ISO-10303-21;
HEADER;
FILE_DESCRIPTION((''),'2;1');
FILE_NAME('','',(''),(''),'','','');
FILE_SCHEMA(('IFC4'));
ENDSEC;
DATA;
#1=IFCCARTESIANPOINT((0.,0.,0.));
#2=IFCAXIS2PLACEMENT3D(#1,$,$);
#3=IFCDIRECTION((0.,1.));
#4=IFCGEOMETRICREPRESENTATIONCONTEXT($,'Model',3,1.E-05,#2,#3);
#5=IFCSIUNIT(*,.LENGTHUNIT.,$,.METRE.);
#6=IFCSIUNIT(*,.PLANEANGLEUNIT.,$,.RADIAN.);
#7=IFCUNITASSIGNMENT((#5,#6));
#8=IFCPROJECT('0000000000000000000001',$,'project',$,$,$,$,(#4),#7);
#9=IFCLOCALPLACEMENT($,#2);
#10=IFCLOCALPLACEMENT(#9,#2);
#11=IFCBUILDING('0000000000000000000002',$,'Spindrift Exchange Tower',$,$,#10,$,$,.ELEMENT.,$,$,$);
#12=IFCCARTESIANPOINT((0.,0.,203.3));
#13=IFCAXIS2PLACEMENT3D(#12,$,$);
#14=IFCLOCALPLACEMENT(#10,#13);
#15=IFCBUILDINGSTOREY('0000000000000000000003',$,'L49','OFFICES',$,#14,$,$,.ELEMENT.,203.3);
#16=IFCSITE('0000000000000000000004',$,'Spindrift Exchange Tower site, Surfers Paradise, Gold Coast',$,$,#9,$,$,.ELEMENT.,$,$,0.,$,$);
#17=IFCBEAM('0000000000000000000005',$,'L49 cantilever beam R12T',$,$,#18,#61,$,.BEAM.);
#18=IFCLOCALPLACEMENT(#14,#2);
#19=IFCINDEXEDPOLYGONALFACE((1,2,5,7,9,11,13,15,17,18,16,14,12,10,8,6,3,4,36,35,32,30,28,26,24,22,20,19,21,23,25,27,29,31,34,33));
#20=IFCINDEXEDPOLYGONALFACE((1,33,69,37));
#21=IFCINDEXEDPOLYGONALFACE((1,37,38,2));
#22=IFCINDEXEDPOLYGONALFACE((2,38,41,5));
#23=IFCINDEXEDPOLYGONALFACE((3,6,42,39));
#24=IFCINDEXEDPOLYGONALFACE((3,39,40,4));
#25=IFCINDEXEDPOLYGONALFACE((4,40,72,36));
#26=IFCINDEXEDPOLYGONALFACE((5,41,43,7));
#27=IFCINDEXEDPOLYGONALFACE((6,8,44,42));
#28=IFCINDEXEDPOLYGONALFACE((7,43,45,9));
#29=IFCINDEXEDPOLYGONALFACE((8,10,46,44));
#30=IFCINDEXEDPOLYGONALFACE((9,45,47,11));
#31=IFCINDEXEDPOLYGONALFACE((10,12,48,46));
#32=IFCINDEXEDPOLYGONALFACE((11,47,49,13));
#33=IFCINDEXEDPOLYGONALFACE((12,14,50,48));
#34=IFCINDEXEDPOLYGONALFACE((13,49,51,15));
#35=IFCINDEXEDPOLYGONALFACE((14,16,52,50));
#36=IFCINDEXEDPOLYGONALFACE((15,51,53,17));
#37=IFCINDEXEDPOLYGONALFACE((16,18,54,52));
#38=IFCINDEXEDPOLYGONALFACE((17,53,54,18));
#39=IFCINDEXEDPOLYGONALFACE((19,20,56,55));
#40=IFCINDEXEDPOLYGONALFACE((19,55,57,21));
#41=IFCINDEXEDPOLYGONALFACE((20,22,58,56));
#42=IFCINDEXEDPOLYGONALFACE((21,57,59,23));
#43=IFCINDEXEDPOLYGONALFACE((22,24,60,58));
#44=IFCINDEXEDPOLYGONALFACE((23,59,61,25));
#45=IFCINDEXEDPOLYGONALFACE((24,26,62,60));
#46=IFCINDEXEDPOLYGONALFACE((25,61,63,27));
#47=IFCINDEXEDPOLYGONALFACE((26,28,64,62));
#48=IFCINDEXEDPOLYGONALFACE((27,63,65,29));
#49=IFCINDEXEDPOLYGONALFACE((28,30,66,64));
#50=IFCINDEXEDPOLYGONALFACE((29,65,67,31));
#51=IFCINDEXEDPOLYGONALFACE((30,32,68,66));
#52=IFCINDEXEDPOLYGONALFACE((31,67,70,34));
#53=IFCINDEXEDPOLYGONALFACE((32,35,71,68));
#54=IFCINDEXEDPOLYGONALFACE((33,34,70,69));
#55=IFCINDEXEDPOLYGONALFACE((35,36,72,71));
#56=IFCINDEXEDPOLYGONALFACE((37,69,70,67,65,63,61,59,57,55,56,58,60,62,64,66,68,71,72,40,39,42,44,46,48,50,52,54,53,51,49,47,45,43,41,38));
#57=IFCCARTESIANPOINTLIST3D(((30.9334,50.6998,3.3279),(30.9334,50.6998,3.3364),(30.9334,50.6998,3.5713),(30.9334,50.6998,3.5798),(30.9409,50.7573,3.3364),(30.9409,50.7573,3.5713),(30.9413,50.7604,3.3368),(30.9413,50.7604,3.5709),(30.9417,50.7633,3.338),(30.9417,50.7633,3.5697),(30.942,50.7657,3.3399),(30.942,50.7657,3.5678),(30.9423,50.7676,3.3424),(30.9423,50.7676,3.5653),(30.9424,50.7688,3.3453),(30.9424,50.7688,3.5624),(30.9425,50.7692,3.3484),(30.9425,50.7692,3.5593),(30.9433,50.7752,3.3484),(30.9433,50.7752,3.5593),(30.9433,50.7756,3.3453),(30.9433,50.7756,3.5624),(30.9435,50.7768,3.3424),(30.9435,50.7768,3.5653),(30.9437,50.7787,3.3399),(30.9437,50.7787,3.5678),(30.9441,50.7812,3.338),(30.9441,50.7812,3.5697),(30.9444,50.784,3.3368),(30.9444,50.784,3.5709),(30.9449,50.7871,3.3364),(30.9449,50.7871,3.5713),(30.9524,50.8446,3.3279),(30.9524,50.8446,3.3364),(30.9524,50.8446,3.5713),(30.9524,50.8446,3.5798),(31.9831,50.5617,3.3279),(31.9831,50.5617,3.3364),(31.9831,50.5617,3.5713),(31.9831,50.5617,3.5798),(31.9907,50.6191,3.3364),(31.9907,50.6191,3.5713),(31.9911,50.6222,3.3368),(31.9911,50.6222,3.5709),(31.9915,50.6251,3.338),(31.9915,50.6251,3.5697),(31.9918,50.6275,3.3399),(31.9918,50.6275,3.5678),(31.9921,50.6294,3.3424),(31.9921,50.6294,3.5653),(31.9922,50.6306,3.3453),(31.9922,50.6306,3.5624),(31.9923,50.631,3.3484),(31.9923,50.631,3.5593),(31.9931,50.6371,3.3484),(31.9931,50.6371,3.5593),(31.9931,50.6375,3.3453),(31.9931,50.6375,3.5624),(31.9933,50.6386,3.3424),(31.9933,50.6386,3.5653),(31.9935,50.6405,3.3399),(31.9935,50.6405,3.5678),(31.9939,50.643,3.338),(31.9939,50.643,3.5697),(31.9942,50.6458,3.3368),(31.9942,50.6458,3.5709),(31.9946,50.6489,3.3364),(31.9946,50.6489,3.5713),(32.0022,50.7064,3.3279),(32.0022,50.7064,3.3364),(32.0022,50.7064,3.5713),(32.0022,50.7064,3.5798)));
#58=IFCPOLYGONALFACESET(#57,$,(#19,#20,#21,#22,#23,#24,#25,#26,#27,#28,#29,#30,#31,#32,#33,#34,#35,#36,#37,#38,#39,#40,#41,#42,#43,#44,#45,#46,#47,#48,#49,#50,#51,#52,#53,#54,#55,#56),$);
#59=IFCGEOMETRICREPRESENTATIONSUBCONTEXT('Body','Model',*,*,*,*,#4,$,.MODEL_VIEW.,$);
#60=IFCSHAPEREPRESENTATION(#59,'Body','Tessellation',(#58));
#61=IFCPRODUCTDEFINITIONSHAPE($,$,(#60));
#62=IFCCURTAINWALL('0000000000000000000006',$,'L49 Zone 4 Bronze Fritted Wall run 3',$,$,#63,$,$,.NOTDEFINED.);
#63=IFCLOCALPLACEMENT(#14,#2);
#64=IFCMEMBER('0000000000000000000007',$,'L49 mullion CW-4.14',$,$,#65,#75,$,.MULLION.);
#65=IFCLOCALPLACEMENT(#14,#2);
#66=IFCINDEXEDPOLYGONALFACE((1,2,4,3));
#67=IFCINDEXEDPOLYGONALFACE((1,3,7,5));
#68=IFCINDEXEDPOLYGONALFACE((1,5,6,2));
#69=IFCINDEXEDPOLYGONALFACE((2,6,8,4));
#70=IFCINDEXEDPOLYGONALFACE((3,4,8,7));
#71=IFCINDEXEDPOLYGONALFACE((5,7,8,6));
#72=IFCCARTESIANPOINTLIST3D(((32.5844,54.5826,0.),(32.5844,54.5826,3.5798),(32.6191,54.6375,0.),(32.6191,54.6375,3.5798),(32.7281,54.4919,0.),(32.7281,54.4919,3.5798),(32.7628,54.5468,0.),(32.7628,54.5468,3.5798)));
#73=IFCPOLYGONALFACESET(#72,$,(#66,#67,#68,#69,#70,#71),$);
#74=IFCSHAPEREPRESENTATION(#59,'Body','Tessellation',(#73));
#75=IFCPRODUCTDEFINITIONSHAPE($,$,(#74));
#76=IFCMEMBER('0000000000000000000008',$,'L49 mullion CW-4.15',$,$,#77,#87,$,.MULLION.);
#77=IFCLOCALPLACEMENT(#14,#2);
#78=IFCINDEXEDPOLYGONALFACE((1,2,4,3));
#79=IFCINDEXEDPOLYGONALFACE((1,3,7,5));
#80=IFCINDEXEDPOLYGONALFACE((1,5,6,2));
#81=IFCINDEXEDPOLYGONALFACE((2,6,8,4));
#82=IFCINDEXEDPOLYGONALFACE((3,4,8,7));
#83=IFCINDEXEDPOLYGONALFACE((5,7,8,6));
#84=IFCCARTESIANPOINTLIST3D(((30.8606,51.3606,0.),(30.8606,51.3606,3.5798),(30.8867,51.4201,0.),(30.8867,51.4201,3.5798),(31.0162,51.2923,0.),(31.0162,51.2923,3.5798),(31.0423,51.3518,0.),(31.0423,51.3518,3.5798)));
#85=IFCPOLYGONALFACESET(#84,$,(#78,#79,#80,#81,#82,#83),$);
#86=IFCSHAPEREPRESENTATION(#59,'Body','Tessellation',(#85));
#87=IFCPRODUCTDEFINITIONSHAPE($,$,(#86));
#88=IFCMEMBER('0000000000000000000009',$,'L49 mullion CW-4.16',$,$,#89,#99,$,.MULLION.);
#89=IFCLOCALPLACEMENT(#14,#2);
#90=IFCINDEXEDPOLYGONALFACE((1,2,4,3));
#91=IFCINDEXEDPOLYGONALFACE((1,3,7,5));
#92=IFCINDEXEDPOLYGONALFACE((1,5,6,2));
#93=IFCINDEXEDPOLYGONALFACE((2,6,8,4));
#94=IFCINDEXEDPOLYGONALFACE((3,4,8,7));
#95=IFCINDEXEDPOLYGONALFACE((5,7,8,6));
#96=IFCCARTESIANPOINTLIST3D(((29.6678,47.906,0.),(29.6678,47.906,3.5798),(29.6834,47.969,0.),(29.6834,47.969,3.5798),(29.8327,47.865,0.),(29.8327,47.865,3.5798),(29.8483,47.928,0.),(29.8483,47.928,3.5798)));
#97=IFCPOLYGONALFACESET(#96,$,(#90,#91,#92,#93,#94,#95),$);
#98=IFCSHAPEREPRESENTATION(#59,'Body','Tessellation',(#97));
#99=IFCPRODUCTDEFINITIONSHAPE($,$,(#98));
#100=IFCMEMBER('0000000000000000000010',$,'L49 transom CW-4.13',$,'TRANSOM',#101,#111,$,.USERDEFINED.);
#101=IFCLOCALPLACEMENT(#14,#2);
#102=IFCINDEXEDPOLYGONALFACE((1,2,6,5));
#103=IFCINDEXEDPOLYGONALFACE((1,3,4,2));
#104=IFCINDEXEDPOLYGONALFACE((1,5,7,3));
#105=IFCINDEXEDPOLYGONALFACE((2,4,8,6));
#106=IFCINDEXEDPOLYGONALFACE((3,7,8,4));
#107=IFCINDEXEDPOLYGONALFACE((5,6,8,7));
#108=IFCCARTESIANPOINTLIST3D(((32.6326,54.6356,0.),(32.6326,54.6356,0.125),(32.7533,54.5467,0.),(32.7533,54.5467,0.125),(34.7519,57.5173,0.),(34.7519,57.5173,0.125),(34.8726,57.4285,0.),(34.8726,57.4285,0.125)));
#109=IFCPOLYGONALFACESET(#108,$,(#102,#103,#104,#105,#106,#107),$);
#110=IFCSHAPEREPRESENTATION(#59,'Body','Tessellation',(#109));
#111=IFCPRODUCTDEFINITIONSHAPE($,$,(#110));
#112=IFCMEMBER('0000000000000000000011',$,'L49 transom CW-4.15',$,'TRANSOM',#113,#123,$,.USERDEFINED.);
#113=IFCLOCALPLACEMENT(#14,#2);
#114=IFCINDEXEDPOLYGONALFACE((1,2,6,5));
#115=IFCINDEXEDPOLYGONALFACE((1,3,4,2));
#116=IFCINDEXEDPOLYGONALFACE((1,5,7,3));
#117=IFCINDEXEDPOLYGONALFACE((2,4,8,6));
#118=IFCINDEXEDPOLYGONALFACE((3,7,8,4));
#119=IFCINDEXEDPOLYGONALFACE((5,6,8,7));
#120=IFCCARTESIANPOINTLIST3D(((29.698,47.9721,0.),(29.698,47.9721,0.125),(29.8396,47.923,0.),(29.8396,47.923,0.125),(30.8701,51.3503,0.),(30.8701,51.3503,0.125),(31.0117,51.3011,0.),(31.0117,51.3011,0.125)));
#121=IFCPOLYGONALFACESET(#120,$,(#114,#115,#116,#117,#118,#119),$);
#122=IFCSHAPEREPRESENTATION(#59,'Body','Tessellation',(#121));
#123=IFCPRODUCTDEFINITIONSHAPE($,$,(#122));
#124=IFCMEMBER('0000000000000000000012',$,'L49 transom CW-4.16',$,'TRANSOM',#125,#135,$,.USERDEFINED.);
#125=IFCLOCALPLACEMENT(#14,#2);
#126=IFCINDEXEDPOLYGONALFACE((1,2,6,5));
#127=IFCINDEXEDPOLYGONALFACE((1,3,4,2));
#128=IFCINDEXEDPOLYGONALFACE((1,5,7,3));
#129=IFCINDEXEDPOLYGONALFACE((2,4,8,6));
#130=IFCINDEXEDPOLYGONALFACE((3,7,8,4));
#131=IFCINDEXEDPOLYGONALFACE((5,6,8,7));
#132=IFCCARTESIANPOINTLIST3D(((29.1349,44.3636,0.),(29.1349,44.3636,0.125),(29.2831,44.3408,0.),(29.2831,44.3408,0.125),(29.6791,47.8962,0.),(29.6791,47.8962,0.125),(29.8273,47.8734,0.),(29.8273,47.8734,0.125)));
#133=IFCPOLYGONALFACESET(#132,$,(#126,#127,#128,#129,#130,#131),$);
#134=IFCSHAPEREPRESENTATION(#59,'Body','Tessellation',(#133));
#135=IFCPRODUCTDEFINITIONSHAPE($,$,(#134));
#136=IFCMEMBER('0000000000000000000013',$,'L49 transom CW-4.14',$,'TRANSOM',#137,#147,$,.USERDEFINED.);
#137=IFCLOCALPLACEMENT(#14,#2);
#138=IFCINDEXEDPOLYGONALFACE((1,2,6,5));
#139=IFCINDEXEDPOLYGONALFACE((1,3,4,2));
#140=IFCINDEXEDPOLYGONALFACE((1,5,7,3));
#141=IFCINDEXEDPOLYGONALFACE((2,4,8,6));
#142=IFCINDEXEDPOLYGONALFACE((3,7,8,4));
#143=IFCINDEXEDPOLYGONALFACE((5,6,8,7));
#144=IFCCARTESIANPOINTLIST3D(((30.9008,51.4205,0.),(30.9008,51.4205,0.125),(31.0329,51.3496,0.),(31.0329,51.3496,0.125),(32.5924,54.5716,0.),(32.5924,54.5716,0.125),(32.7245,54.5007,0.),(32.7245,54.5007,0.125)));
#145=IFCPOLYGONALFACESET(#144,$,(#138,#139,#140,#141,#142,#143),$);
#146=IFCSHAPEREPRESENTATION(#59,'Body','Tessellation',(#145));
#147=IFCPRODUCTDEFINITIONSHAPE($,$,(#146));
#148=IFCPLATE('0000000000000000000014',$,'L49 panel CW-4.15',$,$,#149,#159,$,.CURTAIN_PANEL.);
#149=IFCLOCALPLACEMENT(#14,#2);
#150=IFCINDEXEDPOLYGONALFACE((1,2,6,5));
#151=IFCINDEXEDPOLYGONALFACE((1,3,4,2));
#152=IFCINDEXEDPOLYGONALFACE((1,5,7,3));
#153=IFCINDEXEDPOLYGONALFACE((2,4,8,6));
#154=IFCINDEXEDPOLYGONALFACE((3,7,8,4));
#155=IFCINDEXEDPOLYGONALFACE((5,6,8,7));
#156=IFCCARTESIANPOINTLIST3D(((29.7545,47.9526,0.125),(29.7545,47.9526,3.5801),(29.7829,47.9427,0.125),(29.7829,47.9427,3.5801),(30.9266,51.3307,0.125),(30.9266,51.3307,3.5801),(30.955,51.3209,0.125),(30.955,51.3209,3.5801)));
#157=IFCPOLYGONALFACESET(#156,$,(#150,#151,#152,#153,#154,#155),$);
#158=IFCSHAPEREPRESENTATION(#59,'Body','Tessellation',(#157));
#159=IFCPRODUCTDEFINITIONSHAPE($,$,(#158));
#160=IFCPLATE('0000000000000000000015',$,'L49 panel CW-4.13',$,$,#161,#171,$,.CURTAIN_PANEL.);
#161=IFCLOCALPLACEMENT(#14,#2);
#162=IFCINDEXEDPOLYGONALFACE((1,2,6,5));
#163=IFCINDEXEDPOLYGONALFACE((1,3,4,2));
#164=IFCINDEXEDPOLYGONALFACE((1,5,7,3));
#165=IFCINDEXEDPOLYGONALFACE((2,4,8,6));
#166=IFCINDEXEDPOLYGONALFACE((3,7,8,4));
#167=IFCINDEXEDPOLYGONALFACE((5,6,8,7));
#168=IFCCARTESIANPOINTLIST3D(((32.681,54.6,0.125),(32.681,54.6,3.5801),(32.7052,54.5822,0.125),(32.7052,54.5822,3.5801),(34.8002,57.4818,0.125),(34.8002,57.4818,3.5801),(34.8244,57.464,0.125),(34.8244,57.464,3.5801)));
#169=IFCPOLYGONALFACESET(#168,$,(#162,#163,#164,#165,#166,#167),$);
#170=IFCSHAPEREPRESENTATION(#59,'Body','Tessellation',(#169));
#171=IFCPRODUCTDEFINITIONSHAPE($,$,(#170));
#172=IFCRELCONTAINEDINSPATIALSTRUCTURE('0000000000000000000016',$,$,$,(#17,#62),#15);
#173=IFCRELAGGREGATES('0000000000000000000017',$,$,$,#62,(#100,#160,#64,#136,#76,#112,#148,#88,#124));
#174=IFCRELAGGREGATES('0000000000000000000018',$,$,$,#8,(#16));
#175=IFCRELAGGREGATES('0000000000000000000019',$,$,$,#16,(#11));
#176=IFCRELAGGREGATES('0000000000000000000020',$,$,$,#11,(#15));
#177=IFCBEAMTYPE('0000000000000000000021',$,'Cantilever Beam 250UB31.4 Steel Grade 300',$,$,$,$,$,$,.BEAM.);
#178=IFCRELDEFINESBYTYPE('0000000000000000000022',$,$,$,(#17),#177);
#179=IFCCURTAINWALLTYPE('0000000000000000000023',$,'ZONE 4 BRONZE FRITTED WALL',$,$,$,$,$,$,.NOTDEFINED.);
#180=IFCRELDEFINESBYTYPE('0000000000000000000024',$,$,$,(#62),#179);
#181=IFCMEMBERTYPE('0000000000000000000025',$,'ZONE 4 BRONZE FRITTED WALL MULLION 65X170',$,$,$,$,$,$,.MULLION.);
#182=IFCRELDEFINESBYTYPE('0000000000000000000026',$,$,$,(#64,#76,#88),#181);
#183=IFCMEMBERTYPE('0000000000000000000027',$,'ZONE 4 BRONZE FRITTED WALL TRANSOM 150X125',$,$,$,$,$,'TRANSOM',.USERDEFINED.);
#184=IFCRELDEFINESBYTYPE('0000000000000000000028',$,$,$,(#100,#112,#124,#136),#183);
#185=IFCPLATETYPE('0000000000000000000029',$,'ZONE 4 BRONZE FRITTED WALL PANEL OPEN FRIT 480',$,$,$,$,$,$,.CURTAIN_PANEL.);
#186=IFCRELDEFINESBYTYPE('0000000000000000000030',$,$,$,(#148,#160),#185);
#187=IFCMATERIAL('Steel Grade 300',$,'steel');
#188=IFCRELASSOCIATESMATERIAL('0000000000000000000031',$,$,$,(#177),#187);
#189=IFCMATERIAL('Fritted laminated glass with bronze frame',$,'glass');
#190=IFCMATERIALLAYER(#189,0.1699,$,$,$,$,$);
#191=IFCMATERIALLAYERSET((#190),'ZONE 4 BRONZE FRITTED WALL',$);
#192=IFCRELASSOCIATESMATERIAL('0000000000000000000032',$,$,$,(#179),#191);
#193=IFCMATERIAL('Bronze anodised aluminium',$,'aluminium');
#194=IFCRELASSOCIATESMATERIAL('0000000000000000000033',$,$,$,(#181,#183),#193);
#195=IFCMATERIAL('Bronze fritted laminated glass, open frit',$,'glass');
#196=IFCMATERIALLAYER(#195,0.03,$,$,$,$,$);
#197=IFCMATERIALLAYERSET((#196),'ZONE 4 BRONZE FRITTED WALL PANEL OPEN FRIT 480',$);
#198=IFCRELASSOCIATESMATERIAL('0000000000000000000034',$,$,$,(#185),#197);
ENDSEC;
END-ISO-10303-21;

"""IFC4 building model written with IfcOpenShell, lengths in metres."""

from ifc_helpers import new_model, si_unit, direction, frame, origin, origin_2d, place, context, subcontext, project, spatial, rectangle, i_section, extrude, source, transform, mapped, material, layer, layer_set, material_profile, profile_set, type_object, element, aggregate, save


model = new_model("IFC4")

# Units and contexts
model_context = context("Model", 3, precision=1e-05, world=origin(), true_north=direction((0.0, 1.0)))
body_context = subcontext(model_context, "Body", "Model", "MODEL_VIEW")
ifc_project = project(units=[si_unit("LENGTHUNIT", "METRE"), si_unit("PLANEANGLEUNIT", "RADIAN")], contexts=[model_context])

# Site, building, storey
site_placement = place(None, origin())
site = spatial("IfcSite", under=ifc_project, at=site_placement, Name="Spindrift Exchange Tower site, Surfers Paradise, Gold Coast", CompositionType="ELEMENT", RefElevation=0.0)
building_placement = place(site_placement, origin())
building = spatial("IfcBuilding", under=site, at=building_placement, Name="Spindrift Exchange Tower", CompositionType="ELEMENT")
storey_placement = place(building_placement, frame((0.0, 0.0, 203.3)))
storey = spatial("IfcBuildingStorey", under=building, at=storey_placement, Name="L49", Description="OFFICES", CompositionType="ELEMENT", Elevation=203.3)

# Beam
ifc_material_1 = material(Name="Steel Grade 300", Category="steel")
ifc_material_profile_1 = material_profile(ifc_material_1, i_section(OverallWidth=0.146, OverallDepth=0.252, WebThickness=0.0061, FlangeThickness=0.0085, FilletRadius=0.012, at=origin_2d()), Name="250UB31.4")
ifc_profile_set_1 = profile_set([ifc_material_profile_1], Name="Steel Grade 300")
beam_type_1 = type_object("IfcBeamType", Name="Cantilever Beam 250UB31.4 Steel Grade 300", PredefinedType="BEAM", material=ifc_profile_set_1)
shared_shape_1 = source(origin(), body_context, "Body", "SweptSolid", [
    extrude(i_section(OverallWidth=0.146, OverallDepth=0.252, WebThickness=0.0061, FlangeThickness=0.0085, FilletRadius=0.012, at=origin_2d()), origin(), (0.0, 0.0, 1.0), 1.0588),
])
beam_1_placement = place(storey_placement, frame((31.9927, 50.634, 3.4539), z_axis=(-0.991448, 0.130502, 0.0), x_axis=(-0.130502, -0.991448, 0.0)))
element("IfcBeam", 1, at=beam_1_placement, inside=storey, type_object=beam_type_1, Name="L49 cantilever beam R12T", PredefinedType="BEAM", context=body_context, shape_type="MappedRepresentation", body=[
    mapped(shared_shape_1, transform((0.0, 0.0, 0.0), scale=1.0)),
])

# Curtain wall, members, plates
ifc_material_2 = material(Name="Fritted laminated glass with bronze frame", Category="glass")
ifc_layer_1 = layer(ifc_material_2, 0.1699)
ifc_layer_set_1 = layer_set([ifc_layer_1], Name="ZONE 4 BRONZE FRITTED WALL")
curtain_wall_type = type_object("IfcCurtainWallType", Name="ZONE 4 BRONZE FRITTED WALL", PredefinedType="NOTDEFINED", material=ifc_layer_set_1)
curtain_wall_placement = place(storey_placement, origin())
curtain_wall = element("IfcCurtainWall", 2, at=curtain_wall_placement, inside=storey, type_object=curtain_wall_type, Name="L49 Zone 4 Bronze Fritted Wall run 3", PredefinedType="NOTDEFINED")
ifc_material_3 = material(Name="Bronze anodised aluminium", Category="aluminium")
ifc_material_profile_2 = material_profile(ifc_material_3, rectangle(XDim=0.0649, YDim=0.1699, at=origin_2d()), Name="ZONE 4 BRONZE FRITTED WALL MULLION 65X170")
ifc_profile_set_2 = profile_set([ifc_material_profile_2], Name="Bronze anodised aluminium")
member_type_1 = type_object("IfcMemberType", Name="ZONE 4 BRONZE FRITTED WALL MULLION 65X170", PredefinedType="MULLION", material=ifc_profile_set_2)
shared_shape_2 = source(origin(), body_context, "Body", "SweptSolid", [
    extrude(rectangle(XDim=0.0649, YDim=0.1699, at=origin_2d()), origin(), (0.0, 0.0, 1.0), 3.5798),
])
member_1_placement = place(storey_placement, frame((32.6736, 54.5647, 0.0), z_axis=(0.0, 0.0, 1.0), x_axis=(-0.534026, -0.845468, 0.0)))
member_1 = element("IfcMember", 3, at=member_1_placement, type_object=member_type_1, Name="L49 mullion CW-4.14", PredefinedType="MULLION", context=body_context, shape_type="MappedRepresentation", body=[
    mapped(shared_shape_2, transform((0.0, 0.0, 0.0), scale=1.0)),
])
member_2_placement = place(storey_placement, frame((30.9514, 51.3562, 0.0), z_axis=(0.0, 0.0, 1.0), x_axis=(-0.401635, -0.9158, 0.0)))
member_2 = element("IfcMember", 4, at=member_2_placement, type_object=member_type_1, Name="L49 mullion CW-4.15", PredefinedType="MULLION", context=body_context, shape_type="MappedRepresentation", body=[
    mapped(shared_shape_2, transform((0.0, 0.0, 0.0), scale=1.0)),
])
member_3_placement = place(storey_placement, frame((29.7581, 47.917, 0.0), z_axis=(0.0, 0.0, 1.0), x_axis=(-0.241022, -0.97052, 0.0)))
member_3 = element("IfcMember", 5, at=member_3_placement, type_object=member_type_1, Name="L49 mullion CW-4.16", PredefinedType="MULLION", context=body_context, shape_type="MappedRepresentation", body=[
    mapped(shared_shape_2, transform((0.0, 0.0, 0.0), scale=1.0)),
])
ifc_material_profile_3 = material_profile(ifc_material_3, rectangle(XDim=0.1499, YDim=0.125, at=origin_2d()), Name="ZONE 4 BRONZE FRITTED WALL TRANSOM 150X125")
ifc_profile_set_3 = profile_set([ifc_material_profile_3], Name="Bronze anodised aluminium")
member_type_2 = type_object("IfcMemberType", Name="ZONE 4 BRONZE FRITTED WALL TRANSOM 150X125", ElementType="TRANSOM", PredefinedType="USERDEFINED", material=ifc_profile_set_3)
shared_shape_3 = source(origin(), body_context, "Body", "SweptSolid", [
    extrude(rectangle(XDim=0.1499, YDim=0.125, at=origin_2d()), origin(), (0.0, 0.0, 1.0), 3.5771),
])
member_4_placement = place(storey_placement, frame((34.8123, 57.4729, 0.0625), z_axis=(-0.592461, -0.805599, 0.0), x_axis=(0.805599, -0.592461, 0.0)))
member_4 = element("IfcMember", 6, at=member_4_placement, type_object=member_type_2, Name="L49 transom CW-4.13", ObjectType="TRANSOM", PredefinedType="USERDEFINED", context=body_context, shape_type="MappedRepresentation", body=[
    mapped(shared_shape_3, transform((0.0, 0.0, 0.0), scale=1.0)),
])
shared_shape_4 = source(origin(), body_context, "Body", "SweptSolid", [
    extrude(rectangle(XDim=0.1499, YDim=0.125, at=origin_2d()), origin(), (0.0, 0.0, 1.0), 3.5757),
])
member_5_placement = place(storey_placement, frame((30.9409, 51.3257, 0.0625), z_axis=(-0.327798, -0.944748, 0.0), x_axis=(0.944748, -0.327798, 0.0)))
member_5 = element("IfcMember", 7, at=member_5_placement, type_object=member_type_2, Name="L49 transom CW-4.15", ObjectType="TRANSOM", PredefinedType="USERDEFINED", context=body_context, shape_type="MappedRepresentation", body=[
    mapped(shared_shape_4, transform((0.0, 0.0, 0.0), scale=1.0)),
])
shared_shape_5 = source(origin(), body_context, "Body", "SweptSolid", [
    extrude(rectangle(XDim=0.1499, YDim=0.125, at=origin_2d()), origin(), (0.0, 0.0, 1.0), 3.5742),
])
member_6_placement = place(storey_placement, frame((29.7532, 47.8848, 0.0625), z_axis=(-0.152257, -0.988341, 0.0), x_axis=(0.988341, -0.152257, 0.0)))
member_6 = element("IfcMember", 8, at=member_6_placement, type_object=member_type_2, Name="L49 transom CW-4.16", ObjectType="TRANSOM", PredefinedType="USERDEFINED", context=body_context, shape_type="MappedRepresentation", body=[
    mapped(shared_shape_5, transform((0.0, 0.0, 0.0), scale=1.0)),
])
shared_shape_6 = source(origin(), body_context, "Body", "SweptSolid", [
    extrude(rectangle(XDim=0.1499, YDim=0.125, at=origin_2d()), origin(), (0.0, 0.0, 1.0), 3.5764),
])
member_7_placement = place(storey_placement, frame((32.6584, 54.5361, 0.0625), z_axis=(-0.472992, -0.881067, 0.0), x_axis=(0.881067, -0.472992, 0.0)))
member_7 = element("IfcMember", 9, at=member_7_placement, type_object=member_type_2, Name="L49 transom CW-4.14", ObjectType="TRANSOM", PredefinedType="USERDEFINED", context=body_context, shape_type="MappedRepresentation", body=[
    mapped(shared_shape_6, transform((0.0, 0.0, 0.0), scale=1.0)),
])
ifc_material_4 = material(Name="Bronze fritted laminated glass, open frit", Category="glass")
ifc_layer_2 = layer(ifc_material_4, 0.03)
ifc_layer_set_2 = layer_set([ifc_layer_2], Name="ZONE 4 BRONZE FRITTED WALL PANEL OPEN FRIT 480")
plate_type_1 = type_object("IfcPlateType", Name="ZONE 4 BRONZE FRITTED WALL PANEL OPEN FRIT 480", PredefinedType="CURTAIN_PANEL", material=ifc_layer_set_2)
shared_shape_7 = source(origin(), body_context, "Body", "SweptSolid", [
    extrude(rectangle(XDim=3.5757, YDim=0.03, at=origin_2d()), origin(), (0.0, 0.0, 1.0), 3.4551),
])
plate_1_placement = place(storey_placement, frame((30.3547, 49.6367, 0.125), z_axis=(0.0, 0.0, 1.0), x_axis=(-0.327807, -0.944745, 0.0)))
plate_1 = element("IfcPlate", 10, at=plate_1_placement, type_object=plate_type_1, Name="L49 panel CW-4.15", PredefinedType="CURTAIN_PANEL", context=body_context, shape_type="MappedRepresentation", body=[
    mapped(shared_shape_7, transform((0.0, 0.0, 0.0), scale=1.0)),
])
shared_shape_8 = source(origin(), body_context, "Body", "SweptSolid", [
    extrude(rectangle(XDim=3.5771, YDim=0.03, at=origin_2d()), origin(), (0.0, 0.0, 1.0), 3.4551),
])
plate_2_placement = place(storey_placement, frame((33.7527, 56.032, 0.125), z_axis=(0.0, 0.0, 1.0), x_axis=(-0.592444, -0.805612, 0.0)))
plate_2 = element("IfcPlate", 11, at=plate_2_placement, type_object=plate_type_1, Name="L49 panel CW-4.13", PredefinedType="CURTAIN_PANEL", context=body_context, shape_type="MappedRepresentation", body=[
    mapped(shared_shape_8, transform((0.0, 0.0, 0.0), scale=1.0)),
])
aggregate(curtain_wall, [member_4, plate_2, member_1, member_7, member_2, member_5, plate_1, member_3, member_6])

save(model, "model.ifc")
